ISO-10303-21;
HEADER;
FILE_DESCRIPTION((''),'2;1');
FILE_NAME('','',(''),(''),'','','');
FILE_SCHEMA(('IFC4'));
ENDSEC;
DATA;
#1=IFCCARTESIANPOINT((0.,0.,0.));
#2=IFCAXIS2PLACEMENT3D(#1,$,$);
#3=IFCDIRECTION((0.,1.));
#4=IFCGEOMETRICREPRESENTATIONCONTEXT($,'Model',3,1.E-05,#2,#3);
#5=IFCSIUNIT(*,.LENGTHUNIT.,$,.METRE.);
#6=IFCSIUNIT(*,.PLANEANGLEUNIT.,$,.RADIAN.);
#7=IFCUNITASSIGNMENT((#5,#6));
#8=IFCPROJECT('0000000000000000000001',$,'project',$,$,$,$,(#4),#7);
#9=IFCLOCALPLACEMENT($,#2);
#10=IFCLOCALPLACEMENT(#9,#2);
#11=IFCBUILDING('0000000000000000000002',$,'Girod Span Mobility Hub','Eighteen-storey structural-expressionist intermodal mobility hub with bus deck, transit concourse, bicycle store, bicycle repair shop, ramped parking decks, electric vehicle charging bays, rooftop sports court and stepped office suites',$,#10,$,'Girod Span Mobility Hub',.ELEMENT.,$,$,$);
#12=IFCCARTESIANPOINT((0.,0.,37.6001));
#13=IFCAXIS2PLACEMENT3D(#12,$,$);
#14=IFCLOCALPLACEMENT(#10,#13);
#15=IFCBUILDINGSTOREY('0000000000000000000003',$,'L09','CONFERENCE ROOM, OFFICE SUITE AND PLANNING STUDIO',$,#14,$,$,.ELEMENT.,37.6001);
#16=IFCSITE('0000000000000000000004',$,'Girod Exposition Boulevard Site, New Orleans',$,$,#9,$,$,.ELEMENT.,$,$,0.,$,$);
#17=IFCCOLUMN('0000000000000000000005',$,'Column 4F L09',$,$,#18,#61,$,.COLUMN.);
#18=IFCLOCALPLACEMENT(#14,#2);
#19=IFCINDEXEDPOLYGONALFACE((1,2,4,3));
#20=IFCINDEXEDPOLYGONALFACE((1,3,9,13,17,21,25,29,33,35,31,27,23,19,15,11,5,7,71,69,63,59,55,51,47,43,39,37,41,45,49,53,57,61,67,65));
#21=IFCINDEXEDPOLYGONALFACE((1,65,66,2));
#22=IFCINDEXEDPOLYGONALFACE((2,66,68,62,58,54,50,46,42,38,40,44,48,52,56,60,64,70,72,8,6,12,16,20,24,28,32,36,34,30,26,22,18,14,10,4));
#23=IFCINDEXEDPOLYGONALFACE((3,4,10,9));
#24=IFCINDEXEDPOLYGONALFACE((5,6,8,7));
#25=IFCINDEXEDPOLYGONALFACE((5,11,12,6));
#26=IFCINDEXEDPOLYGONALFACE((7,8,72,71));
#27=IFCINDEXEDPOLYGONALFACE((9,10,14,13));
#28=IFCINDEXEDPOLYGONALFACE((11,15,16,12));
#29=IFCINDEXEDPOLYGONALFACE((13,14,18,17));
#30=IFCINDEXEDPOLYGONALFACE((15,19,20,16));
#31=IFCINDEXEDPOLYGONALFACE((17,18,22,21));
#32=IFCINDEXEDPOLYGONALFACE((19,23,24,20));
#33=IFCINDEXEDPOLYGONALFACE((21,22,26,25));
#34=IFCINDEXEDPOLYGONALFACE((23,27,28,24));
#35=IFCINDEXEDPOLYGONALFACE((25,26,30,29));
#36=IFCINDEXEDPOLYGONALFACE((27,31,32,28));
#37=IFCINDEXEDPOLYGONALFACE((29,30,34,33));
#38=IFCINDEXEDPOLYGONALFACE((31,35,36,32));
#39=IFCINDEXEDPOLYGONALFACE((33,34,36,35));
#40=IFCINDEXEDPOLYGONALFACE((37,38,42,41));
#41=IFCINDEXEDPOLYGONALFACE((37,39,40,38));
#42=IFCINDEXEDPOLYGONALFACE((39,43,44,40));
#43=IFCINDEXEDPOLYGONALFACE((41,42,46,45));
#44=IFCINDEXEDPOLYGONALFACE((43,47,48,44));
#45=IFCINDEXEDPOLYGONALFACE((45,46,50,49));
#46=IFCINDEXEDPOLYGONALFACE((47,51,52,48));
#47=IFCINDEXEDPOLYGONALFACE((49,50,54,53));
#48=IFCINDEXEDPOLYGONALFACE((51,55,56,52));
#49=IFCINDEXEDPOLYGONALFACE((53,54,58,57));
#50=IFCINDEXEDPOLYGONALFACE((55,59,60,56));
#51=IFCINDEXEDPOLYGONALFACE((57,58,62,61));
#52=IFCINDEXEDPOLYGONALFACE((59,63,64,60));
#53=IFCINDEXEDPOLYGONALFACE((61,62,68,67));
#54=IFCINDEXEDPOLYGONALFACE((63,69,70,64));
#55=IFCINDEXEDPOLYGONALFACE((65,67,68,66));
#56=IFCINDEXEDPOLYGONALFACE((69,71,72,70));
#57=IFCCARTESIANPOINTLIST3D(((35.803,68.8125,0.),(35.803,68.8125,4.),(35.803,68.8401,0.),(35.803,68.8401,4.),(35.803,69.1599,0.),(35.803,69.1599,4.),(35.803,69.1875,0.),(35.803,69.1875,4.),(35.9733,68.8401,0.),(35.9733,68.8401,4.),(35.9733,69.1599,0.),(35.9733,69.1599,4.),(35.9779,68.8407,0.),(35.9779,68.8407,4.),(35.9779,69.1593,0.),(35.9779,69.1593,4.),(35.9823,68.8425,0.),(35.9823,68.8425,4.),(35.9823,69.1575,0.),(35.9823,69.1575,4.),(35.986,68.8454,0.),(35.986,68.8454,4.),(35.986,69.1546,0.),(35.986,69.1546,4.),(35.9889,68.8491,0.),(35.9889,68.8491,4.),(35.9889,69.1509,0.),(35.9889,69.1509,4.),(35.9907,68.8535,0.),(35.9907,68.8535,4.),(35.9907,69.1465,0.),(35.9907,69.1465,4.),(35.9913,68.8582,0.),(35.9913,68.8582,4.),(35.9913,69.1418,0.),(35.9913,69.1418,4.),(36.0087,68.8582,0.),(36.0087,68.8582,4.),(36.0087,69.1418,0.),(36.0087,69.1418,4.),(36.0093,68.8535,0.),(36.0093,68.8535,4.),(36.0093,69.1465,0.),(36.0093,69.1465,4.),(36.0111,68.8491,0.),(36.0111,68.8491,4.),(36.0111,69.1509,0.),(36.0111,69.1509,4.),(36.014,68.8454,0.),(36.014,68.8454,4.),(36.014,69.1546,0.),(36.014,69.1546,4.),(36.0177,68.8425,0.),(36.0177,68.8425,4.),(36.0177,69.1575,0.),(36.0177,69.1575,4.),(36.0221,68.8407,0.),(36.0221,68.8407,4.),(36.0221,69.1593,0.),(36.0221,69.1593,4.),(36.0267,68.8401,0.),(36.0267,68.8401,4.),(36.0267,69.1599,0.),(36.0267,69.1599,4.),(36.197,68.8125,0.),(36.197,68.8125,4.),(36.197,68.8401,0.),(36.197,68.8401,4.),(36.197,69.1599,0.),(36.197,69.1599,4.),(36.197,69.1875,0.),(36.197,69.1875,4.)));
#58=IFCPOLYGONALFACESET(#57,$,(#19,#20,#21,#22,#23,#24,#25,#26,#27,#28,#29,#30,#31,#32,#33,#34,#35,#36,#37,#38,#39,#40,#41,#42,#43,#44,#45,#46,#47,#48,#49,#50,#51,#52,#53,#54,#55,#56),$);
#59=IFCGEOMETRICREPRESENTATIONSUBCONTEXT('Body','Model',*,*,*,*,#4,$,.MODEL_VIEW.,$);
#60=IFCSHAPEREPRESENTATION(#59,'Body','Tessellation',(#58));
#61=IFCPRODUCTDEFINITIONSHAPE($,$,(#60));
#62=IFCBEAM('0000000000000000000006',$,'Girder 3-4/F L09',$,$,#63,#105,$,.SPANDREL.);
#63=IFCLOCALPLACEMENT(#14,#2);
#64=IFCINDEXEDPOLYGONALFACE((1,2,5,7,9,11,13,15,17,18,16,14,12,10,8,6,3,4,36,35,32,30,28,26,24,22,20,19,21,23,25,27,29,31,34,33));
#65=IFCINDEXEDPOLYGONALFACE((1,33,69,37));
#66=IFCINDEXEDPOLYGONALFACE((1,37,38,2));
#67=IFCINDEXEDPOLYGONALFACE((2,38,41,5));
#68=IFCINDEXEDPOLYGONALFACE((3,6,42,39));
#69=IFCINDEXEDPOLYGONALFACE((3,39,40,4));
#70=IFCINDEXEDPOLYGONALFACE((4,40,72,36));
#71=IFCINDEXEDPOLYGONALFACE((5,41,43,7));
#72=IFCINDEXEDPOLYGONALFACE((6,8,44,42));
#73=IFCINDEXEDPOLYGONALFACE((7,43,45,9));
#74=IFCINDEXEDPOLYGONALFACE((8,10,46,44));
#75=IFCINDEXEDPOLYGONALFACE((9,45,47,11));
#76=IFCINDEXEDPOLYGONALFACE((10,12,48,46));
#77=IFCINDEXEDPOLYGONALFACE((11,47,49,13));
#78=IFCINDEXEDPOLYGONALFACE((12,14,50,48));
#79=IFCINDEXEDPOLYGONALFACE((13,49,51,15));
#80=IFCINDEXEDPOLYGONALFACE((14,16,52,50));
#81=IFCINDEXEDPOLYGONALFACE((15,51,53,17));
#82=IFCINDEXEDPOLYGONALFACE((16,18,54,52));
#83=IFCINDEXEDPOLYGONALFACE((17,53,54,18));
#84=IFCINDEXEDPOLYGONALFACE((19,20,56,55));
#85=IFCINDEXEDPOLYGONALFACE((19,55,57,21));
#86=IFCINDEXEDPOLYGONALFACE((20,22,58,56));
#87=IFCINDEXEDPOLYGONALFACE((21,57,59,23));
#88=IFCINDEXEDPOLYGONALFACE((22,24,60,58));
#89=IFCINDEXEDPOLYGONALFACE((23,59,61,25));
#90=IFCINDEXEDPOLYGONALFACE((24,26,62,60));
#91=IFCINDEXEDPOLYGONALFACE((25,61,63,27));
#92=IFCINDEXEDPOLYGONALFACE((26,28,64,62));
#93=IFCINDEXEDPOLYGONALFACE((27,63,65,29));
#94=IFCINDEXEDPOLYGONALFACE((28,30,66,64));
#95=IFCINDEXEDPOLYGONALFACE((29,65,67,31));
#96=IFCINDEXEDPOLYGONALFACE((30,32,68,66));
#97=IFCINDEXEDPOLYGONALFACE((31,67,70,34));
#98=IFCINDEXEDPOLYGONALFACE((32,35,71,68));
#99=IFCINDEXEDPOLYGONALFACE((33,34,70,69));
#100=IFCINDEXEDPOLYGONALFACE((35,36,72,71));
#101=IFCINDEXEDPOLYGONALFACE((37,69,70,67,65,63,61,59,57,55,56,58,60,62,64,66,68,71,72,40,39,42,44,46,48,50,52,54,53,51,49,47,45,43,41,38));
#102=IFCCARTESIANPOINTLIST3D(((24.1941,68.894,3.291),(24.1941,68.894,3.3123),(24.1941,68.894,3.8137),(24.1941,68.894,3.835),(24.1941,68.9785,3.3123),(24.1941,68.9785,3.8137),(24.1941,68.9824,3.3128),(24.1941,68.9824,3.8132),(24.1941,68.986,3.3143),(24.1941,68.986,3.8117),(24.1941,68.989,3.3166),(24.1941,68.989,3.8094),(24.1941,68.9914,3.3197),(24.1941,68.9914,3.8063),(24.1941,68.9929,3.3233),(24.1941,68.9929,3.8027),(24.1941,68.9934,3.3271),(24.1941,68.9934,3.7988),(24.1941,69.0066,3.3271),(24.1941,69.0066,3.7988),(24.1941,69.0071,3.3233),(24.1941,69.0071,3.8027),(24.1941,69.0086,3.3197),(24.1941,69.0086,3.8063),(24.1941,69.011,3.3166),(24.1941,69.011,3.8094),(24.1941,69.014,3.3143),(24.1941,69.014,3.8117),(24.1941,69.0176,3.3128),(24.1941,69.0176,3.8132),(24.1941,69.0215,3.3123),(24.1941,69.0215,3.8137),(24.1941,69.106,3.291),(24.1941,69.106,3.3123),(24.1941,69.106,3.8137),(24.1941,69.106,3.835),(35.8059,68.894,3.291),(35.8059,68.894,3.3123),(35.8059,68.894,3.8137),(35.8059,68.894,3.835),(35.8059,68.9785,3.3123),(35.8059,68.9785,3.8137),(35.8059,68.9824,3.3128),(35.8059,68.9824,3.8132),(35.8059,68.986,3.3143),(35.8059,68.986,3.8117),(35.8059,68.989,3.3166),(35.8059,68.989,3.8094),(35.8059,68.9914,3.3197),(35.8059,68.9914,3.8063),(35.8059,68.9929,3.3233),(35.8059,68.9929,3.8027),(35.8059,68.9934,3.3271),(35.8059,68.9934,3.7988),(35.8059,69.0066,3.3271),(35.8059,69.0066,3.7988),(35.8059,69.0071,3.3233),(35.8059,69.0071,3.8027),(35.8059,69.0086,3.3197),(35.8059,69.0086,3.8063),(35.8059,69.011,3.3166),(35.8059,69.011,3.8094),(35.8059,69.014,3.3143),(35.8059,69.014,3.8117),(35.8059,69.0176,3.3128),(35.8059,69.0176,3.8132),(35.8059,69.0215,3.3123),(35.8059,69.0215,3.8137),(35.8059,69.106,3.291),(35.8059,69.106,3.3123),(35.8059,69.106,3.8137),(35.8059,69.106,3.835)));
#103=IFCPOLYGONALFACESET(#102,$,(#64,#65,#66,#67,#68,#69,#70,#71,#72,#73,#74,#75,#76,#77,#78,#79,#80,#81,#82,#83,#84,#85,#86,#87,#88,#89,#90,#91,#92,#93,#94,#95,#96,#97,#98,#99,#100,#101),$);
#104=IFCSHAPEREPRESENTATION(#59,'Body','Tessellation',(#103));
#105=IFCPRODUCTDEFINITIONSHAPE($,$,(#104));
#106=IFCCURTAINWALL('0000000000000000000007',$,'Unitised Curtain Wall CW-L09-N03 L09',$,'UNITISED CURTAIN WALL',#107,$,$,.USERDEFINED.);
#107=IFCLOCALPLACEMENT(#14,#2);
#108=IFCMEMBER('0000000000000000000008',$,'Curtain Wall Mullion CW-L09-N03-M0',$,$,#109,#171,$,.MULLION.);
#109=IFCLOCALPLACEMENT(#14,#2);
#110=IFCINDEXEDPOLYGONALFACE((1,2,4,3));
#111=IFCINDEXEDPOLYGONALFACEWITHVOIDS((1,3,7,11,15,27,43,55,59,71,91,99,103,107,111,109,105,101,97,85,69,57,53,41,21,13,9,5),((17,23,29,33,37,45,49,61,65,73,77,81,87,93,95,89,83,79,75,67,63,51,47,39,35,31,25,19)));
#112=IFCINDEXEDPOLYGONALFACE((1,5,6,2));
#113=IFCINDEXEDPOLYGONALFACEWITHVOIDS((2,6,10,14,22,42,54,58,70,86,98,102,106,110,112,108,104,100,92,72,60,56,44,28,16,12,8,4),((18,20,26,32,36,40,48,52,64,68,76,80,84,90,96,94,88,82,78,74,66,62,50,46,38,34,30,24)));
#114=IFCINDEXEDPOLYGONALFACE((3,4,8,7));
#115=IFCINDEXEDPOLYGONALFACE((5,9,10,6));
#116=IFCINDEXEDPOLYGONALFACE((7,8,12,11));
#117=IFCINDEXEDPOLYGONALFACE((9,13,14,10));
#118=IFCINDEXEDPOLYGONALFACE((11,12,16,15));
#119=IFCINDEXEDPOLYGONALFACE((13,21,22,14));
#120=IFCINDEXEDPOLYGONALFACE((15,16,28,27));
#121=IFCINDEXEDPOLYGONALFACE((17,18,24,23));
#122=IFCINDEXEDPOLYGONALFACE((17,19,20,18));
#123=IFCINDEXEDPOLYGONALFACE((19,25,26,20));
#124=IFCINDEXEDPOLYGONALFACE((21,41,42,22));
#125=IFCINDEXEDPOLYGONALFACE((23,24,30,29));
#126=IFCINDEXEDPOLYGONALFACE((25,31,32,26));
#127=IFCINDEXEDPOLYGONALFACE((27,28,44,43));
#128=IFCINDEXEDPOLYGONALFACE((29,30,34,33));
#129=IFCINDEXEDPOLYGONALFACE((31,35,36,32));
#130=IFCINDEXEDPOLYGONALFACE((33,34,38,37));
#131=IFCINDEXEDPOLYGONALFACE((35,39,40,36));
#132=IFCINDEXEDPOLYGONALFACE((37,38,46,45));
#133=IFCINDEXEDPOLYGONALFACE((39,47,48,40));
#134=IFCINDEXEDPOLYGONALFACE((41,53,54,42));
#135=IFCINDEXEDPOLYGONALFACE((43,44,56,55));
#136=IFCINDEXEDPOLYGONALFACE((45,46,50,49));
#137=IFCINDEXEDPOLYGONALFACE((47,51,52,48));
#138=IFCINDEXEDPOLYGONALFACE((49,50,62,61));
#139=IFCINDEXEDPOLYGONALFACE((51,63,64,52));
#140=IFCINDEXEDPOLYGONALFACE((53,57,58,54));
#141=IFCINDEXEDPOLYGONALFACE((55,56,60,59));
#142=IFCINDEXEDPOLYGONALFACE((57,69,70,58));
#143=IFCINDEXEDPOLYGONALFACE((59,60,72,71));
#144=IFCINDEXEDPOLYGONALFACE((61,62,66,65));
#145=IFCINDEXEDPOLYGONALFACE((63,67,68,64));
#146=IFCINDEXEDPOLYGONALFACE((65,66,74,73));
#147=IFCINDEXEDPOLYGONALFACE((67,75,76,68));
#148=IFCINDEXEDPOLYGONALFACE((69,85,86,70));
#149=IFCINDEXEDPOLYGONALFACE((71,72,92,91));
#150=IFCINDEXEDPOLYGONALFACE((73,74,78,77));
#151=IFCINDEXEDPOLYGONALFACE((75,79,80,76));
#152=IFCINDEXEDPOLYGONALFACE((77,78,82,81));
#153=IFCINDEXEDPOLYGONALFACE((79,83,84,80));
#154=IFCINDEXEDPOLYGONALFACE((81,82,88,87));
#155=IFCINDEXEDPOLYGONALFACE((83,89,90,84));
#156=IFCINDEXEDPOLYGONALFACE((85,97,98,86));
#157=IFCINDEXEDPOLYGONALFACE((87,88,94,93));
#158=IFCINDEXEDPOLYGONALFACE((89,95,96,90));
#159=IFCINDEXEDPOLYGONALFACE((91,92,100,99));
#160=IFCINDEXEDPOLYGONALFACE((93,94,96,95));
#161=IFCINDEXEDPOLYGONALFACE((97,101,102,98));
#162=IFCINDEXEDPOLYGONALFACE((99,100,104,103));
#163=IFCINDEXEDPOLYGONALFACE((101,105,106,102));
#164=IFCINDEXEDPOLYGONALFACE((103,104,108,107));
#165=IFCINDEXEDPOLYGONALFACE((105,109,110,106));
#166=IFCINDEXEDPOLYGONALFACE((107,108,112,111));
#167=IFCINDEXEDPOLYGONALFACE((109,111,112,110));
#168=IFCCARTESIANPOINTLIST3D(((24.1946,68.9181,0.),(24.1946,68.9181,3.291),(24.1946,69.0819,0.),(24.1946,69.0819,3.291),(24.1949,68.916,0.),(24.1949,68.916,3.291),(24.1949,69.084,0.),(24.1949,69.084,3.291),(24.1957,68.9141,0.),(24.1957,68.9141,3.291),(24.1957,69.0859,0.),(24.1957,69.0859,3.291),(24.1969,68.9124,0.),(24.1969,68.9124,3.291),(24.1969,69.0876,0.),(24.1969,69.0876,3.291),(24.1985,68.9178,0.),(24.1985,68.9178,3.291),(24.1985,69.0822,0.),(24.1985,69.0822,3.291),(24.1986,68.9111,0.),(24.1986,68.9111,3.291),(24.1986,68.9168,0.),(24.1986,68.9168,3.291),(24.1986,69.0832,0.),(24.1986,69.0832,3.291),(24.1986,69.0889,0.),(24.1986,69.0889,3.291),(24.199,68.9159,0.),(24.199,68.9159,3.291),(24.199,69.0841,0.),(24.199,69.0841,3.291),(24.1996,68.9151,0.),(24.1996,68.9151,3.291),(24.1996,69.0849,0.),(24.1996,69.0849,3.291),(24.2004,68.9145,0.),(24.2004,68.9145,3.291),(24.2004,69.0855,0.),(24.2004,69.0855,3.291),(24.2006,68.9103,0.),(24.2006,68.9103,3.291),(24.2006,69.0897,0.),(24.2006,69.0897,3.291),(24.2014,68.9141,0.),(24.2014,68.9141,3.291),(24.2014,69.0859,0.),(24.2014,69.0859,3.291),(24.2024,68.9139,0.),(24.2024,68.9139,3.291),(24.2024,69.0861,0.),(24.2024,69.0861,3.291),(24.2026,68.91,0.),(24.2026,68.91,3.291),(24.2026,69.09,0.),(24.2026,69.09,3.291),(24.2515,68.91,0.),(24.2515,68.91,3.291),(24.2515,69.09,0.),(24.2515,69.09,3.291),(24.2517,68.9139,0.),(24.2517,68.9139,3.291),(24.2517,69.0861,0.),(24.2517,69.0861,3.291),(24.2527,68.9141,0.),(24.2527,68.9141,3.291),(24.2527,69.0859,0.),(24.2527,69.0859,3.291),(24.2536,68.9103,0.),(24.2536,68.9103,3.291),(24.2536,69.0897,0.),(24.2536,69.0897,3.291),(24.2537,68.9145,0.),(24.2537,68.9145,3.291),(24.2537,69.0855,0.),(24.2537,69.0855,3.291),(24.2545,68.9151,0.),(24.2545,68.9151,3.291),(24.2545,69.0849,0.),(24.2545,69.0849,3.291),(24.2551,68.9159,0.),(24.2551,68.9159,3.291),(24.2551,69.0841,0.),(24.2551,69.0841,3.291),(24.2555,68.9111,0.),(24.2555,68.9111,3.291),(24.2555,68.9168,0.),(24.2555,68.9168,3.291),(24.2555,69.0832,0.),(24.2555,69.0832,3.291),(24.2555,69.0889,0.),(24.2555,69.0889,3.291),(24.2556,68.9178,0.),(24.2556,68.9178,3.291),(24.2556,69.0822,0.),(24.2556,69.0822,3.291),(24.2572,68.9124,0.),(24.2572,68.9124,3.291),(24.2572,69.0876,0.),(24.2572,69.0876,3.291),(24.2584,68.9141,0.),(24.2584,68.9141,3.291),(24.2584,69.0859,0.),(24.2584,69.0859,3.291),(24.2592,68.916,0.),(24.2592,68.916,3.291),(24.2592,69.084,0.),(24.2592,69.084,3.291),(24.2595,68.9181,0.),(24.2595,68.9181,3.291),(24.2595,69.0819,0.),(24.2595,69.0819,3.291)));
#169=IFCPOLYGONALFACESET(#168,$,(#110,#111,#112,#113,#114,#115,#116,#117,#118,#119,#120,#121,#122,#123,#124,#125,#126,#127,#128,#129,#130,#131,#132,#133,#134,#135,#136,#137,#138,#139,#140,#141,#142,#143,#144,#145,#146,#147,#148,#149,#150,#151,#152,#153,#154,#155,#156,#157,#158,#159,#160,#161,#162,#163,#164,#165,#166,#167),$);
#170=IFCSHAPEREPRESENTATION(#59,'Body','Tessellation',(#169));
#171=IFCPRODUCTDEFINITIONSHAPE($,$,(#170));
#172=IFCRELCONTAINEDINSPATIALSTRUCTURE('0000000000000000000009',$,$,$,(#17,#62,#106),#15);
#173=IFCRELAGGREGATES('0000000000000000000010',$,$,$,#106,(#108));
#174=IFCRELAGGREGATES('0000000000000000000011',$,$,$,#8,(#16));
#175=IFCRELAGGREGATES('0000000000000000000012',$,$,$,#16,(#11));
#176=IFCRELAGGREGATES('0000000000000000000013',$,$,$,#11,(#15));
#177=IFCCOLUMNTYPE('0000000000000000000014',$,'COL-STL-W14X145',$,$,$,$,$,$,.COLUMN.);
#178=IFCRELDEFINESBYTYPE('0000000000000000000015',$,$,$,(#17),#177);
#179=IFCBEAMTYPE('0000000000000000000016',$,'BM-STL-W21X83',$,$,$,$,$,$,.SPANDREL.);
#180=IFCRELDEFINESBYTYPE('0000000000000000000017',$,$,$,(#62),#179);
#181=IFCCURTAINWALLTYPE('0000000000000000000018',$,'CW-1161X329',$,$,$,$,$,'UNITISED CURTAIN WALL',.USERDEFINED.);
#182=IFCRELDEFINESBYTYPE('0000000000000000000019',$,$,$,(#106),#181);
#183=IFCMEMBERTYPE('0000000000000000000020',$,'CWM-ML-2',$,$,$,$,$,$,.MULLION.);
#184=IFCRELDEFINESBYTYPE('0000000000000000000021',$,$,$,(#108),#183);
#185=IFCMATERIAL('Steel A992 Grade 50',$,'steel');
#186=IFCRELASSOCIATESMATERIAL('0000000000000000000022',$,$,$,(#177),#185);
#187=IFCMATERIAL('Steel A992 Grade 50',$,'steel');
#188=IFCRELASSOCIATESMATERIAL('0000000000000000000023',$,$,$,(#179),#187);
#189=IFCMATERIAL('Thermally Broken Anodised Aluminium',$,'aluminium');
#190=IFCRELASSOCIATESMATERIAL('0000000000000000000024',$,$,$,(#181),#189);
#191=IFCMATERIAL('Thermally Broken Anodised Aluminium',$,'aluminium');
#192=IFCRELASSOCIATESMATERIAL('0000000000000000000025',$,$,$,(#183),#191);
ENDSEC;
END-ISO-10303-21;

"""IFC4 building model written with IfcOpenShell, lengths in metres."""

from ifc_helpers import new_model, si_unit, direction, frame, origin, origin_2d, place, context, subcontext, project, spatial, hollow_rectangle, i_section, extrude, material, material_profile, profile_set, type_object, element, aggregate, save


model = new_model("IFC4")

# Units and contexts
model_context = context("Model", 3, precision=1e-05, world=origin(), true_north=direction((0.0, 1.0)))
body_context = subcontext(model_context, "Body", "Model", "MODEL_VIEW")
ifc_project = project(units=[si_unit("LENGTHUNIT", "METRE"), si_unit("PLANEANGLEUNIT", "RADIAN")], contexts=[model_context])

# Site, building, storey
site_placement = place(None, origin())
site = spatial("IfcSite", under=ifc_project, at=site_placement, Name="Girod Exposition Boulevard Site, New Orleans", CompositionType="ELEMENT", RefElevation=0.0)
building_placement = place(site_placement, origin())
building = spatial("IfcBuilding", under=site, at=building_placement, Name="Girod Span Mobility Hub", Description="Eighteen-storey structural-expressionist intermodal mobility hub with bus deck, transit concourse, bicycle store, bicycle repair shop, ramped parking decks, electric vehicle charging bays, rooftop sports court and stepped office suites", LongName="Girod Span Mobility Hub", CompositionType="ELEMENT")
storey_placement = place(building_placement, frame((0.0, 0.0, 37.6001)))
storey = spatial("IfcBuildingStorey", under=building, at=storey_placement, Name="L09", Description="CONFERENCE ROOM, OFFICE SUITE AND PLANNING STUDIO", CompositionType="ELEMENT", Elevation=37.6001)

# Column
ifc_material_1 = material(Name="Steel A992 Grade 50", Category="steel")
ifc_material_profile_1 = material_profile(ifc_material_1, i_section(OverallWidth=0.394, OverallDepth=0.375, WebThickness=0.0173, FlangeThickness=0.0276, FilletRadius=0.0181, at=origin_2d()), Name="W14X145")
ifc_profile_set_1 = profile_set([ifc_material_profile_1], Name="Steel A992 Grade 50")
column_type = type_object("IfcColumnType", Name="COL-STL-W14X145", PredefinedType="COLUMN", material=ifc_profile_set_1)
column_placement = place(storey_placement, frame((36.0, 69.0, 0.0), z_axis=(0.0, 0.0, 1.0), x_axis=(1.0, 0.0, 0.0)))
element("IfcColumn", 1, at=column_placement, inside=storey, type_object=column_type, Name="Column 4F L09", PredefinedType="COLUMN", context=body_context, shape_type="SweptSolid", body=[
    extrude(i_section(OverallWidth=0.394, OverallDepth=0.375, WebThickness=0.0173, FlangeThickness=0.0276, FilletRadius=0.0181, at=origin_2d()), origin(), (0.0, 0.0, 1.0), 4.0),
])

# Beam
ifc_material_2 = material(Name="Steel A992 Grade 50", Category="steel")
ifc_material_profile_2 = material_profile(ifc_material_2, i_section(OverallWidth=0.2119, OverallDepth=0.5439, WebThickness=0.0132, FlangeThickness=0.0212, FilletRadius=0.0149, at=origin_2d()), Name="W21X83")
ifc_profile_set_2 = profile_set([ifc_material_profile_2], Name="Steel A992 Grade 50")
beam_type = type_object("IfcBeamType", Name="BM-STL-W21X83", PredefinedType="SPANDREL", material=ifc_profile_set_2)
beam_placement = place(storey_placement, frame((24.1941, 69.0, 3.563), z_axis=(1.0, 0.0, 0.0), x_axis=(0.0, 1.0, 0.0)))
element("IfcBeam", 2, at=beam_placement, inside=storey, type_object=beam_type, Name="Girder 3-4/F L09", PredefinedType="SPANDREL", context=body_context, shape_type="SweptSolid", body=[
    extrude(i_section(OverallWidth=0.2119, OverallDepth=0.5439, WebThickness=0.0132, FlangeThickness=0.0212, FilletRadius=0.0149, at=origin_2d()), origin(), (0.0, 0.0, 1.0), 11.6118),
])

# Curtain wall, member
ifc_material_3 = material(Name="Thermally Broken Anodised Aluminium", Category="aluminium")
curtain_wall_type = type_object("IfcCurtainWallType", Name="CW-1161X329", ElementType="UNITISED CURTAIN WALL", PredefinedType="USERDEFINED", material=ifc_material_3)
curtain_wall_placement = place(storey_placement, origin())
curtain_wall = element("IfcCurtainWall", 3, at=curtain_wall_placement, inside=storey, type_object=curtain_wall_type, Name="Unitised Curtain Wall CW-L09-N03 L09", ObjectType="UNITISED CURTAIN WALL", PredefinedType="USERDEFINED")
ifc_material_4 = material(Name="Thermally Broken Anodised Aluminium", Category="aluminium")
ifc_material_profile_3 = material_profile(ifc_material_4, hollow_rectangle(XDim=0.1799, YDim=0.0649, WallThickness=0.0039, InnerFilletRadius=0.0039, OuterFilletRadius=0.0081, at=origin_2d()), Name="CW-ML-65X180")
ifc_profile_set_3 = profile_set([ifc_material_profile_3], Name="Thermally Broken Anodised Aluminium")
member_type_1 = type_object("IfcMemberType", Name="CWM-ML-2", PredefinedType="MULLION", material=ifc_profile_set_3)
member_1_placement = place(storey_placement, frame((24.2271, 69.0, 0.0), z_axis=(0.0, 0.0, 1.0), x_axis=(0.0, 1.0, 0.0)))
member_1 = element("IfcMember", 4, at=member_1_placement, type_object=member_type_1, Name="Curtain Wall Mullion CW-L09-N03-M0", PredefinedType="MULLION", context=body_context, shape_type="SweptSolid", body=[
    extrude(hollow_rectangle(XDim=0.1799, YDim=0.0649, WallThickness=0.0039, InnerFilletRadius=0.0039, OuterFilletRadius=0.0081, at=origin_2d()), origin(), (0.0, 0.0, 1.0), 3.291),
])

aggregate(curtain_wall, [member_1])

save(model, "model.ifc")
